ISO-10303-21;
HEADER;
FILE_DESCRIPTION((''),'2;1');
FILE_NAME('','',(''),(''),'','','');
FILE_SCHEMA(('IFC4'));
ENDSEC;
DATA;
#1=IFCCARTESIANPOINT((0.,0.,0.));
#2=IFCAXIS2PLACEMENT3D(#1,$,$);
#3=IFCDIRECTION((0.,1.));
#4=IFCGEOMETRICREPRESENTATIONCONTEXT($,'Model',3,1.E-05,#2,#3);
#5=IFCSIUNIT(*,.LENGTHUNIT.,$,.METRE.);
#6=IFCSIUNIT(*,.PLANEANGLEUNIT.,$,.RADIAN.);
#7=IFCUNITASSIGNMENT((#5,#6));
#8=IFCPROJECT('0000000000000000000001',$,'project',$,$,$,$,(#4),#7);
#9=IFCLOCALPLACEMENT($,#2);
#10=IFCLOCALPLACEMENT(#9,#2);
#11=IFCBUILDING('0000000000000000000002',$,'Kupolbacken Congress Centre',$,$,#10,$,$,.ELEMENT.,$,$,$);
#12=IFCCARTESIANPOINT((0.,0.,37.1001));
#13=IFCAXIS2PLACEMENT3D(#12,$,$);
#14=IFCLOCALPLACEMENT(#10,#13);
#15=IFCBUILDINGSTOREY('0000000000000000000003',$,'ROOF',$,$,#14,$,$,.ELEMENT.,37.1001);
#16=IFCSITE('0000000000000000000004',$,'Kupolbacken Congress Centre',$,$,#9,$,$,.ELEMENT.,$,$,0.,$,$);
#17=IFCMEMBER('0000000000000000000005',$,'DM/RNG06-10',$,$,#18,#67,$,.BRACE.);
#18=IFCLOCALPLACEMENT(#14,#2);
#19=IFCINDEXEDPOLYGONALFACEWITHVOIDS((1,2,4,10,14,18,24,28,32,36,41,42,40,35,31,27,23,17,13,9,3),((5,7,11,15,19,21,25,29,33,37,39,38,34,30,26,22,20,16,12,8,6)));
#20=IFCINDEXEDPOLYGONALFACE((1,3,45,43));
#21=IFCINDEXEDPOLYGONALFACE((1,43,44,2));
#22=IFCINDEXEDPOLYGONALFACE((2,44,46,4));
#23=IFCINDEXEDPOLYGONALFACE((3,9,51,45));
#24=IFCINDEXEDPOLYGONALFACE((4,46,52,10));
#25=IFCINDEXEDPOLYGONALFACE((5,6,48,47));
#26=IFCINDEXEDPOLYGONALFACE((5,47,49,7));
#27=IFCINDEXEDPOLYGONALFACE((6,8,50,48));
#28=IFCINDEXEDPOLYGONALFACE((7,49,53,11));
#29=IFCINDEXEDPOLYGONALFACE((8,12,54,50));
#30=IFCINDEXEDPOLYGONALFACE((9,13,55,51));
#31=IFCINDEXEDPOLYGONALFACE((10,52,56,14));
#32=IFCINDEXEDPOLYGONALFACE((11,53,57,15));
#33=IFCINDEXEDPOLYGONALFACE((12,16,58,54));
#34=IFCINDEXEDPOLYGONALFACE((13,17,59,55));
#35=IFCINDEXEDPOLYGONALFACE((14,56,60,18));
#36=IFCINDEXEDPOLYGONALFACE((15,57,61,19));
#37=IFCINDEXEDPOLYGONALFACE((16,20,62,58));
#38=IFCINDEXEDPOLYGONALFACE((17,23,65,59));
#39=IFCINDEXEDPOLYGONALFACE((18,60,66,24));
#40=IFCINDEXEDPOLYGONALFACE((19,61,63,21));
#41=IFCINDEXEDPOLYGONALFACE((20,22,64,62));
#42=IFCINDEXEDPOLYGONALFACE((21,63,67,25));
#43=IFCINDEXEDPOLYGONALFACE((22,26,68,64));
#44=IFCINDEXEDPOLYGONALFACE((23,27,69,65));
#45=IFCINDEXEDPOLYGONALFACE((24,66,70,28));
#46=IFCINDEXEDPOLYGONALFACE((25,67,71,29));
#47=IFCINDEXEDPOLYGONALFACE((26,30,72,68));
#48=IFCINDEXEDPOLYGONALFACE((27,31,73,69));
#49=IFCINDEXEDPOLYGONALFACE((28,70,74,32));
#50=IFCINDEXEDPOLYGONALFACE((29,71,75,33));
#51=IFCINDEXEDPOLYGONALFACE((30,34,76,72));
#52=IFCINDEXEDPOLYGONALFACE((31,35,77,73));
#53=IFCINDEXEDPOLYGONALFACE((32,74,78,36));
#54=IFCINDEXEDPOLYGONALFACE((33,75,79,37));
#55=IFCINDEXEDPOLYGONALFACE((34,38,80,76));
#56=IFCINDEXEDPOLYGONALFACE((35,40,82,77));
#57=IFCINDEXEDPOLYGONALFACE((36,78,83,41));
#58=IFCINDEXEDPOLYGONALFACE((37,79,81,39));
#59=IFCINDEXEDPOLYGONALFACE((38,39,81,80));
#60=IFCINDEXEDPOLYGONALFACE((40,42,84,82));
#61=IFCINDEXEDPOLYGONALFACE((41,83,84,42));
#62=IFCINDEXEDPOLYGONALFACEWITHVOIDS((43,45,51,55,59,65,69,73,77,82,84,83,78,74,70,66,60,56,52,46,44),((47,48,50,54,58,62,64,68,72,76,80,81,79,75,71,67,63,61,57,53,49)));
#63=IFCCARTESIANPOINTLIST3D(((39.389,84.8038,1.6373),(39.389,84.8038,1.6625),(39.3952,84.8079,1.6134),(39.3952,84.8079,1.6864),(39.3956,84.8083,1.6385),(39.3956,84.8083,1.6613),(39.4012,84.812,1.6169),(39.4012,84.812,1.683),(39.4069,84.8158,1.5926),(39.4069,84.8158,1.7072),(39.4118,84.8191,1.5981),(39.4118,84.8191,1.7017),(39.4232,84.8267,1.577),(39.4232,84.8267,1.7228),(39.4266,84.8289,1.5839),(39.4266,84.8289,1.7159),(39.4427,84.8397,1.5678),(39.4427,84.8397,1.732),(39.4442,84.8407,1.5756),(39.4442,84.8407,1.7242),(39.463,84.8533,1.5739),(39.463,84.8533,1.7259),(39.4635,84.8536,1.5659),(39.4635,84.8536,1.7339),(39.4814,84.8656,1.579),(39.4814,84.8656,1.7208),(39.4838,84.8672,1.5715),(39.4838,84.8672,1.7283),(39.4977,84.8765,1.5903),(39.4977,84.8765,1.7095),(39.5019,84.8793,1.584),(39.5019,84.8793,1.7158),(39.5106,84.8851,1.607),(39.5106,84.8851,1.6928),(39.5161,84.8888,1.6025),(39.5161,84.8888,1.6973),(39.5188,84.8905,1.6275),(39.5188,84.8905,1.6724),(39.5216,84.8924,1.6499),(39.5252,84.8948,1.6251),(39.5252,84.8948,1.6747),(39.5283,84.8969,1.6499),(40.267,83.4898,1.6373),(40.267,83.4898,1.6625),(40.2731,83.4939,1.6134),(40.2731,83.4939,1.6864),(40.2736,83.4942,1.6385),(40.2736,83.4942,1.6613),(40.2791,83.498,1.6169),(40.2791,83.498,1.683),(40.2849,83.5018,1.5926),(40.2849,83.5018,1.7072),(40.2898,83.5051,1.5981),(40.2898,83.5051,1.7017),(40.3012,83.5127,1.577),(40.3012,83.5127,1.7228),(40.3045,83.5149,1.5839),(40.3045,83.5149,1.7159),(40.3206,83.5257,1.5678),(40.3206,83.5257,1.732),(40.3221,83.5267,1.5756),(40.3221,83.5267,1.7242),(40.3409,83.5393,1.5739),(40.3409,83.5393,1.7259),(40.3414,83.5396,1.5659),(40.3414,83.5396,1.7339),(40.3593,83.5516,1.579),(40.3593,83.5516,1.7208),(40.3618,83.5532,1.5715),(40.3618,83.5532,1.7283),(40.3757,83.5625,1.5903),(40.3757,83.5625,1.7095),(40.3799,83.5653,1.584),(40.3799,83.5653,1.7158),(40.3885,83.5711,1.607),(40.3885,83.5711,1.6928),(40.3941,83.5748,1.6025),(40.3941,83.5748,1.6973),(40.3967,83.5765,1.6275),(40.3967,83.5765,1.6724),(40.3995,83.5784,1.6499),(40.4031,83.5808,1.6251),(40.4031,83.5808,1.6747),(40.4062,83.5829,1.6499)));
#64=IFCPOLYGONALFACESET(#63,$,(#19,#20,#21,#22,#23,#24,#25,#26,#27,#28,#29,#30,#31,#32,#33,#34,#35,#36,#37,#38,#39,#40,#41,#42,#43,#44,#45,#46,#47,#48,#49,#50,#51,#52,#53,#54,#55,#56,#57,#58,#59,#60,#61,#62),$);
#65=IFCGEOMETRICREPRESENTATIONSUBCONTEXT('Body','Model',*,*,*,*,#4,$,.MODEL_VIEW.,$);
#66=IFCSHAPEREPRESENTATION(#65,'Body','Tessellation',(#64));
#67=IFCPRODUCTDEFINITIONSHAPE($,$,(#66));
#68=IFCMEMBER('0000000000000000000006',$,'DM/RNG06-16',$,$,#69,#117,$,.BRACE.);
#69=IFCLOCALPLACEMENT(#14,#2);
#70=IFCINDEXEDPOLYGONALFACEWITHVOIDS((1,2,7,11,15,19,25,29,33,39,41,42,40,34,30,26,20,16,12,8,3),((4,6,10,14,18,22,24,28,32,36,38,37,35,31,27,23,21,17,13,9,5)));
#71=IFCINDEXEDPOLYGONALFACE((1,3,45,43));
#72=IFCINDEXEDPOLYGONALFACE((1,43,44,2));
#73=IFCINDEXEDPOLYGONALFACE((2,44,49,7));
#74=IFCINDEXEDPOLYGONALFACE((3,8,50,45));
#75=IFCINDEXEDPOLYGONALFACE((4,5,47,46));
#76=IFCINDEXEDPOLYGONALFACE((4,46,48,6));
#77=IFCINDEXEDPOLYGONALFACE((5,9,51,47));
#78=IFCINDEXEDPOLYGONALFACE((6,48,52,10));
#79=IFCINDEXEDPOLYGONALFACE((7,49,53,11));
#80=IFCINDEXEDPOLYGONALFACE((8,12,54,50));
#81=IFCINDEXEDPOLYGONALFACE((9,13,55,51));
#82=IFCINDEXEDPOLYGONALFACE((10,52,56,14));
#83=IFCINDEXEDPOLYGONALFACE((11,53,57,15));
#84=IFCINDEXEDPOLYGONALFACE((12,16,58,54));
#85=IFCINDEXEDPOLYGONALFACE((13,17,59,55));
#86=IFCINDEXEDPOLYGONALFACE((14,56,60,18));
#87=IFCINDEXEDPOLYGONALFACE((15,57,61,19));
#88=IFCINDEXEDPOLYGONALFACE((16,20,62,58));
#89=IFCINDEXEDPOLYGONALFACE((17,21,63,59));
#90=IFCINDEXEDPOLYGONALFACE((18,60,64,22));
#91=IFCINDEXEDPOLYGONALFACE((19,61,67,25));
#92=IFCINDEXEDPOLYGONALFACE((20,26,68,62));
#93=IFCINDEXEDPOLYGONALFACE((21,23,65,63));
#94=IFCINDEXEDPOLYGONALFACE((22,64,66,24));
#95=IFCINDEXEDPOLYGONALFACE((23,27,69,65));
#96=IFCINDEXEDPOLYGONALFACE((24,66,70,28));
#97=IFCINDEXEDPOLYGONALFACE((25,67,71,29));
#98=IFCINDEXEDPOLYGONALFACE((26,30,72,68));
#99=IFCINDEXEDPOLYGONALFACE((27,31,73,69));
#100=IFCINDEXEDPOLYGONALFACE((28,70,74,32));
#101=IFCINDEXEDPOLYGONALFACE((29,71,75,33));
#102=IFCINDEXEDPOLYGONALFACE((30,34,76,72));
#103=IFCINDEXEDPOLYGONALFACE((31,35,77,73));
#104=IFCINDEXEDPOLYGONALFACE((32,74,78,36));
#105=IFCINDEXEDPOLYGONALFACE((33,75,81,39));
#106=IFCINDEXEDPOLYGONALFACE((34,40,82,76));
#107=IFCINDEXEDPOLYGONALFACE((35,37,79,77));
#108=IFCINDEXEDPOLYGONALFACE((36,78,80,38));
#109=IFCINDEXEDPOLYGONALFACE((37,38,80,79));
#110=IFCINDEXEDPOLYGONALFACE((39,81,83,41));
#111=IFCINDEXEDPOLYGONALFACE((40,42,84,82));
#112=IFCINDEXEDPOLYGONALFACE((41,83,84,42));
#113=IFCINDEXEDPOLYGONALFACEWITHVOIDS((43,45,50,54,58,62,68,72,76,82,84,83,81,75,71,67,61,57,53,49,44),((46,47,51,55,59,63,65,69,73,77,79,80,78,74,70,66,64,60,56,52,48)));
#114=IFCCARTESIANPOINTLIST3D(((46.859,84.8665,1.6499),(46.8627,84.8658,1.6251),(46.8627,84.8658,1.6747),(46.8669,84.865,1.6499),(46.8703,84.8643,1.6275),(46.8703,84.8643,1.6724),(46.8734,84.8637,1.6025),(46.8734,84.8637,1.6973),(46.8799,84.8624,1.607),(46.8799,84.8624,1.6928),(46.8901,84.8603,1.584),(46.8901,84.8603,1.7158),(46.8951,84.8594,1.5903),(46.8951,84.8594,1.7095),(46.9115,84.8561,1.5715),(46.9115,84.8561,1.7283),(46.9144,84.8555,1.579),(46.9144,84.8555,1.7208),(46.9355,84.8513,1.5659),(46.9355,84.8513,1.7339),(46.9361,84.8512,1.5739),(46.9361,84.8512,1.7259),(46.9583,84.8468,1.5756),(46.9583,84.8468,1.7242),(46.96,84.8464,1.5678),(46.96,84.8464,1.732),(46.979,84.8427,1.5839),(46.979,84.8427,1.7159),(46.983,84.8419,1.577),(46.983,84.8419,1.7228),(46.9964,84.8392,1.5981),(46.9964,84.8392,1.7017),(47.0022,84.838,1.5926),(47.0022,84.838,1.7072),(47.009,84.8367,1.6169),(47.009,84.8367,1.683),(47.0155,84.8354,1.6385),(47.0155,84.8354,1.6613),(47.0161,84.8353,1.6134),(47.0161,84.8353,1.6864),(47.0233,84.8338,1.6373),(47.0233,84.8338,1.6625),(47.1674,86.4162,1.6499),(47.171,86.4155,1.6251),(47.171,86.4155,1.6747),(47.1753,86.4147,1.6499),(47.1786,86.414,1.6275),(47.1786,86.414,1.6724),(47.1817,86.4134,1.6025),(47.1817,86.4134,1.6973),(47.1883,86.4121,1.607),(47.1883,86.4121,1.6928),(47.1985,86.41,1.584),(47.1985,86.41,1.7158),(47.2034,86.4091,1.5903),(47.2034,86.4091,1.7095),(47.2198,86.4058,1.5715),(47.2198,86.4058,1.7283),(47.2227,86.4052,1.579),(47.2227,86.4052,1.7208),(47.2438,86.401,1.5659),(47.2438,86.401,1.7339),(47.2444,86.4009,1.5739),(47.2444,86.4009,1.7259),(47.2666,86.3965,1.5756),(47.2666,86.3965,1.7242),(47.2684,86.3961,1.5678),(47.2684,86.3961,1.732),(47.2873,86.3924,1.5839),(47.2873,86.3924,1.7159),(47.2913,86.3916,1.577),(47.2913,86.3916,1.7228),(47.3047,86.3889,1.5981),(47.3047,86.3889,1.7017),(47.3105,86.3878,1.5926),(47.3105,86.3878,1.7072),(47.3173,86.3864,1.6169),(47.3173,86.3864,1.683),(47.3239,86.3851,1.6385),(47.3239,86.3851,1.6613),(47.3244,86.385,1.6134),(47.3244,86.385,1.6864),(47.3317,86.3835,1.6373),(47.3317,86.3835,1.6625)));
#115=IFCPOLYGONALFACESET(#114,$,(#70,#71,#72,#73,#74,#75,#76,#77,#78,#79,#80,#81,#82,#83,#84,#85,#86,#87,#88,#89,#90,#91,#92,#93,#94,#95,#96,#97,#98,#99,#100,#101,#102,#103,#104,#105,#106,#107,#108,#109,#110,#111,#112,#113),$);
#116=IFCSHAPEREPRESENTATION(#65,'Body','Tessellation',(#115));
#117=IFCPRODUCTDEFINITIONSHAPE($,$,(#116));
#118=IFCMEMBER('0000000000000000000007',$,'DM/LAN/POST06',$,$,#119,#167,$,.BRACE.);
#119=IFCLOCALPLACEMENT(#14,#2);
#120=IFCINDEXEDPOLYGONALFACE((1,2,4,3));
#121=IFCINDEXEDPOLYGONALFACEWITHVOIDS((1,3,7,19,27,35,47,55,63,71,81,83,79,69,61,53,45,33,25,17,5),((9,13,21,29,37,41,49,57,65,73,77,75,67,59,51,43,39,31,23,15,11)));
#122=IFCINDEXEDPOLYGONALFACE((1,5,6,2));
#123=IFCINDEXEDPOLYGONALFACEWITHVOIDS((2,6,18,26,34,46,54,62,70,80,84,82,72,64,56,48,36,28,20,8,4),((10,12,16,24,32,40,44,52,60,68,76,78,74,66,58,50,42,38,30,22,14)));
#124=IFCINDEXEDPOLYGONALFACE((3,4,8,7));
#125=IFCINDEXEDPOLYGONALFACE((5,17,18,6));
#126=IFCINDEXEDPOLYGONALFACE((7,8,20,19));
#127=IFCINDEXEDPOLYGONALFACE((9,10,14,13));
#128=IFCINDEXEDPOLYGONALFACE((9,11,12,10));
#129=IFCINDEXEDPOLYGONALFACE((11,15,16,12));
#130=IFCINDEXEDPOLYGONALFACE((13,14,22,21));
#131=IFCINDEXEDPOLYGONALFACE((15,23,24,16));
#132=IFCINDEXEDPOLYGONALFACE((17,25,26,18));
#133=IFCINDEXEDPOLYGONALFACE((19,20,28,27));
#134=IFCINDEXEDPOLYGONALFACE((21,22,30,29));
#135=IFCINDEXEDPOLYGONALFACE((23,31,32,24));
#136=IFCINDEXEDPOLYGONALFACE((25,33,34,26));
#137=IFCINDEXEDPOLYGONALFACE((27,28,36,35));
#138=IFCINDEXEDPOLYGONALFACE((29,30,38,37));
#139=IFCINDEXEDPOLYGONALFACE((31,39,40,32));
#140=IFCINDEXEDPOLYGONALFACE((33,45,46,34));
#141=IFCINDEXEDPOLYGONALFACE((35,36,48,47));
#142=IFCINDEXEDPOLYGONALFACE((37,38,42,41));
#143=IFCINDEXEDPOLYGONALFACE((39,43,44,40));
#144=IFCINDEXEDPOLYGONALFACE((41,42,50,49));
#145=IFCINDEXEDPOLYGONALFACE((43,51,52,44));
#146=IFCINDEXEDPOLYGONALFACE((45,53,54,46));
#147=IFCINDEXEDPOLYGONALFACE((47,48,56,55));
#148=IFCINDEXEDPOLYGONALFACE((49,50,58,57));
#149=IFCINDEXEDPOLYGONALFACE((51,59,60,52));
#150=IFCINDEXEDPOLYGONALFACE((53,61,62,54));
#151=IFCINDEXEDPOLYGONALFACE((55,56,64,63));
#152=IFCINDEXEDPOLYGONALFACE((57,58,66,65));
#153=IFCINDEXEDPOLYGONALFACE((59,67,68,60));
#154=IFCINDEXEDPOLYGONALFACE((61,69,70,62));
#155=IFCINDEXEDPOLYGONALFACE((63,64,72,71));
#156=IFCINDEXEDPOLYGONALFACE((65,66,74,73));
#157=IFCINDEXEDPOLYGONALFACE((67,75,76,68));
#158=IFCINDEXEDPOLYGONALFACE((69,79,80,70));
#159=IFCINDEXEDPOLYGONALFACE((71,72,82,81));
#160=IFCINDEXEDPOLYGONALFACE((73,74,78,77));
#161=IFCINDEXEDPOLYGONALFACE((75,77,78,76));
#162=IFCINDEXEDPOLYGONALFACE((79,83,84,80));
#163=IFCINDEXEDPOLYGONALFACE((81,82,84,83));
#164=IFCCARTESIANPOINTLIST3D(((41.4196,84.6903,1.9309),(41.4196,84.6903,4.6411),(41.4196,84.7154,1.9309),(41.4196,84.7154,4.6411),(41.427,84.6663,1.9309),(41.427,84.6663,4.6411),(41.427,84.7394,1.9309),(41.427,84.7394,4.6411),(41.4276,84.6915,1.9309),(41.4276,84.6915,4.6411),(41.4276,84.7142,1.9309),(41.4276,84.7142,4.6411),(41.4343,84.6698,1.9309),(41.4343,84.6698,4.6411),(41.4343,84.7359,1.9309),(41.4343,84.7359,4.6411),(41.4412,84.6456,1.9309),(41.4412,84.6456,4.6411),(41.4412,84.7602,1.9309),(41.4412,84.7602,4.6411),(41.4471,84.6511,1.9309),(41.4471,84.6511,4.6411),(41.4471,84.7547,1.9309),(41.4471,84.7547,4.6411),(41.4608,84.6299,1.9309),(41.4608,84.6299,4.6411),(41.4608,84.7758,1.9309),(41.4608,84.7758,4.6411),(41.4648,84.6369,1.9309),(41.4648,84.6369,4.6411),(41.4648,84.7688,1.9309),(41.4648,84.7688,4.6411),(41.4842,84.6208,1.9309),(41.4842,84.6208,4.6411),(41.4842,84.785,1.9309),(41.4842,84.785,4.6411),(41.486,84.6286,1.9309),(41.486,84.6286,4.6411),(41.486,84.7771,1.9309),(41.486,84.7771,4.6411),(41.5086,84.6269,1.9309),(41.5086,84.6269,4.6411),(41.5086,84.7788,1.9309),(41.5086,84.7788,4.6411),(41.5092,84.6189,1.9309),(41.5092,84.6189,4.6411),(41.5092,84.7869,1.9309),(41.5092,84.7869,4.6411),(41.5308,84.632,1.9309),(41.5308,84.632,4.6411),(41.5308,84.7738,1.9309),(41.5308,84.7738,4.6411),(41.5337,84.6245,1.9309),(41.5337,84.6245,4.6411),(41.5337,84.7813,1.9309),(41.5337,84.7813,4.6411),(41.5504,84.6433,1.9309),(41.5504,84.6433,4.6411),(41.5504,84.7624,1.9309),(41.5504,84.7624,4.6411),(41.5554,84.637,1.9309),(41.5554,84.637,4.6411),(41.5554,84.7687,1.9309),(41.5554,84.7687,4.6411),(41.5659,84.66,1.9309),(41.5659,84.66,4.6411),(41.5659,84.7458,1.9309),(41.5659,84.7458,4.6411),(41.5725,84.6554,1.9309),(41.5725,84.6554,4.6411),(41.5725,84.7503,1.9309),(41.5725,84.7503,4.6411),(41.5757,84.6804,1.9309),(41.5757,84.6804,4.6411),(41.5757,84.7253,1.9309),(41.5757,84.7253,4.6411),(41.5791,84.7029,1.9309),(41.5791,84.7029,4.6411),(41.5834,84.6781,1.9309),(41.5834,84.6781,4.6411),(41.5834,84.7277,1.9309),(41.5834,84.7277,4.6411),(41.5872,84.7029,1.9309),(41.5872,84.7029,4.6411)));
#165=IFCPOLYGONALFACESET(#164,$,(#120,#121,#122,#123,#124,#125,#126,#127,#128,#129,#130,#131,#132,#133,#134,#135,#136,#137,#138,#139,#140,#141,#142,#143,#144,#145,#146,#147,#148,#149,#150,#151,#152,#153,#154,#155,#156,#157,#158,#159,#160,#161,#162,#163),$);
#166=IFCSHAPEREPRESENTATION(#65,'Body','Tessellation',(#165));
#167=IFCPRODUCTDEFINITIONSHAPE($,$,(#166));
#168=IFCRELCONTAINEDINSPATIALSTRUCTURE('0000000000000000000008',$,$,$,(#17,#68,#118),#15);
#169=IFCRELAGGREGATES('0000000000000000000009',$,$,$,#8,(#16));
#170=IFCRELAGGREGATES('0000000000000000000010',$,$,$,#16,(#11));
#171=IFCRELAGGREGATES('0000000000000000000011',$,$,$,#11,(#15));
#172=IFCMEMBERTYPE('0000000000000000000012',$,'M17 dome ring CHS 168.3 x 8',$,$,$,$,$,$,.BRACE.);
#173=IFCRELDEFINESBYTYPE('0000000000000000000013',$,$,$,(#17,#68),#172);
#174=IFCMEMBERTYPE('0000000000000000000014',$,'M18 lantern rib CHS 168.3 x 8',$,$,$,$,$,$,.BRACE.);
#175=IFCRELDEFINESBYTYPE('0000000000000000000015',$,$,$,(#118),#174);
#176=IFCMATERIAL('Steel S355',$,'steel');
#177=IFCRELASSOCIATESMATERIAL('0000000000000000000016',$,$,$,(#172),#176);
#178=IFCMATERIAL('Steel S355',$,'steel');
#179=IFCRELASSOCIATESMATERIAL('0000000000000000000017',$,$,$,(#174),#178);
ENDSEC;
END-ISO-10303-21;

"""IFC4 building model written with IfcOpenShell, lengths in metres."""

from ifc_helpers import new_model, si_unit, direction, frame, origin, origin_2d, place, context, subcontext, project, spatial, hollow_circle, extrude, material, material_profile, profile_set, type_object, element, save


model = new_model("IFC4")

# Units and contexts
model_context = context("Model", 3, precision=1e-05, world=origin(), true_north=direction((0.0, 1.0)))
body_context = subcontext(model_context, "Body", "Model", "MODEL_VIEW")
ifc_project = project(units=[si_unit("LENGTHUNIT", "METRE"), si_unit("PLANEANGLEUNIT", "RADIAN")], contexts=[model_context])

# Site, building, storey
site_placement = place(None, origin())
site = spatial("IfcSite", under=ifc_project, at=site_placement, Name="Kupolbacken Congress Centre", CompositionType="ELEMENT", RefElevation=0.0)
building_placement = place(site_placement, origin())
building = spatial("IfcBuilding", under=site, at=building_placement, Name="Kupolbacken Congress Centre", CompositionType="ELEMENT")
storey_placement = place(building_placement, frame((0.0, 0.0, 37.1001)))
storey = spatial("IfcBuildingStorey", under=building, at=storey_placement, Name="ROOF", CompositionType="ELEMENT", Elevation=37.1001)

# Members
ifc_material_1 = material(Name="Steel S355", Category="steel")
ifc_material_profile_1 = material_profile(ifc_material_1, hollow_circle(Radius=0.0842, WallThickness=0.0081, at=origin_2d()), Name="CHS 168.3 x 8")
ifc_profile_set_1 = profile_set([ifc_material_profile_1], Name="Steel S355")
member_type_1 = type_object("IfcMemberType", Name="M17 dome ring CHS 168.3 x 8", PredefinedType="BRACE", material=ifc_profile_set_1)
member_1_placement = place(storey_placement, frame((39.4583, 84.8501, 1.6499), z_axis=(0.555556, -0.831479, 0.0), x_axis=(0.831479, 0.555556, 0.0)))
element("IfcMember", 1, at=member_1_placement, inside=storey, type_object=member_type_1, Name="DM/RNG06-10", PredefinedType="BRACE", context=body_context, shape_type="SweptSolid", body=[
    extrude(hollow_circle(Radius=0.0842, WallThickness=0.0081, at=origin_2d()), origin(), (0.0, 0.0, 1.0), 1.5803),
])
member_2_placement = place(storey_placement, frame((46.9417, 84.8501, 1.6499), z_axis=(0.195136, 0.980776, 0.0), x_axis=(-0.980776, 0.195136, 0.0)))
element("IfcMember", 2, at=member_2_placement, inside=storey, type_object=member_type_1, Name="DM/RNG06-16", PredefinedType="BRACE", context=body_context, shape_type="SweptSolid", body=[
    extrude(hollow_circle(Radius=0.0842, WallThickness=0.0081, at=origin_2d()), origin(), (0.0, 0.0, 1.0), 1.5801),
])
ifc_material_2 = material(Name="Steel S355", Category="steel")
ifc_material_profile_2 = material_profile(ifc_material_2, hollow_circle(Radius=0.0842, WallThickness=0.0081, at=origin_2d()), Name="CHS 168.3 x 8")
ifc_profile_set_2 = profile_set([ifc_material_profile_2], Name="Steel S355")
member_type_2 = type_object("IfcMemberType", Name="M18 lantern rib CHS 168.3 x 8", PredefinedType="BRACE", material=ifc_profile_set_2)
for number, where, z_axis, x_axis, name in (
    (3, (41.5029, 84.7029, 1.9309), (0.0, 0.0, 1.0), (1.0, 0.0, 0.0), "DM/LAN/POST06"),
):
    element("IfcMember", number, at=place(storey_placement, frame(where, z_axis=z_axis, x_axis=x_axis)), inside=storey, type_object=member_type_2, Name=name, PredefinedType="BRACE", context=body_context, shape_type="SweptSolid", body=[
        extrude(hollow_circle(Radius=0.0842, WallThickness=0.0081, at=origin_2d()), origin(), (0.0, 0.0, 1.0), 2.7102),
    ])

save(model, "model.ifc")
